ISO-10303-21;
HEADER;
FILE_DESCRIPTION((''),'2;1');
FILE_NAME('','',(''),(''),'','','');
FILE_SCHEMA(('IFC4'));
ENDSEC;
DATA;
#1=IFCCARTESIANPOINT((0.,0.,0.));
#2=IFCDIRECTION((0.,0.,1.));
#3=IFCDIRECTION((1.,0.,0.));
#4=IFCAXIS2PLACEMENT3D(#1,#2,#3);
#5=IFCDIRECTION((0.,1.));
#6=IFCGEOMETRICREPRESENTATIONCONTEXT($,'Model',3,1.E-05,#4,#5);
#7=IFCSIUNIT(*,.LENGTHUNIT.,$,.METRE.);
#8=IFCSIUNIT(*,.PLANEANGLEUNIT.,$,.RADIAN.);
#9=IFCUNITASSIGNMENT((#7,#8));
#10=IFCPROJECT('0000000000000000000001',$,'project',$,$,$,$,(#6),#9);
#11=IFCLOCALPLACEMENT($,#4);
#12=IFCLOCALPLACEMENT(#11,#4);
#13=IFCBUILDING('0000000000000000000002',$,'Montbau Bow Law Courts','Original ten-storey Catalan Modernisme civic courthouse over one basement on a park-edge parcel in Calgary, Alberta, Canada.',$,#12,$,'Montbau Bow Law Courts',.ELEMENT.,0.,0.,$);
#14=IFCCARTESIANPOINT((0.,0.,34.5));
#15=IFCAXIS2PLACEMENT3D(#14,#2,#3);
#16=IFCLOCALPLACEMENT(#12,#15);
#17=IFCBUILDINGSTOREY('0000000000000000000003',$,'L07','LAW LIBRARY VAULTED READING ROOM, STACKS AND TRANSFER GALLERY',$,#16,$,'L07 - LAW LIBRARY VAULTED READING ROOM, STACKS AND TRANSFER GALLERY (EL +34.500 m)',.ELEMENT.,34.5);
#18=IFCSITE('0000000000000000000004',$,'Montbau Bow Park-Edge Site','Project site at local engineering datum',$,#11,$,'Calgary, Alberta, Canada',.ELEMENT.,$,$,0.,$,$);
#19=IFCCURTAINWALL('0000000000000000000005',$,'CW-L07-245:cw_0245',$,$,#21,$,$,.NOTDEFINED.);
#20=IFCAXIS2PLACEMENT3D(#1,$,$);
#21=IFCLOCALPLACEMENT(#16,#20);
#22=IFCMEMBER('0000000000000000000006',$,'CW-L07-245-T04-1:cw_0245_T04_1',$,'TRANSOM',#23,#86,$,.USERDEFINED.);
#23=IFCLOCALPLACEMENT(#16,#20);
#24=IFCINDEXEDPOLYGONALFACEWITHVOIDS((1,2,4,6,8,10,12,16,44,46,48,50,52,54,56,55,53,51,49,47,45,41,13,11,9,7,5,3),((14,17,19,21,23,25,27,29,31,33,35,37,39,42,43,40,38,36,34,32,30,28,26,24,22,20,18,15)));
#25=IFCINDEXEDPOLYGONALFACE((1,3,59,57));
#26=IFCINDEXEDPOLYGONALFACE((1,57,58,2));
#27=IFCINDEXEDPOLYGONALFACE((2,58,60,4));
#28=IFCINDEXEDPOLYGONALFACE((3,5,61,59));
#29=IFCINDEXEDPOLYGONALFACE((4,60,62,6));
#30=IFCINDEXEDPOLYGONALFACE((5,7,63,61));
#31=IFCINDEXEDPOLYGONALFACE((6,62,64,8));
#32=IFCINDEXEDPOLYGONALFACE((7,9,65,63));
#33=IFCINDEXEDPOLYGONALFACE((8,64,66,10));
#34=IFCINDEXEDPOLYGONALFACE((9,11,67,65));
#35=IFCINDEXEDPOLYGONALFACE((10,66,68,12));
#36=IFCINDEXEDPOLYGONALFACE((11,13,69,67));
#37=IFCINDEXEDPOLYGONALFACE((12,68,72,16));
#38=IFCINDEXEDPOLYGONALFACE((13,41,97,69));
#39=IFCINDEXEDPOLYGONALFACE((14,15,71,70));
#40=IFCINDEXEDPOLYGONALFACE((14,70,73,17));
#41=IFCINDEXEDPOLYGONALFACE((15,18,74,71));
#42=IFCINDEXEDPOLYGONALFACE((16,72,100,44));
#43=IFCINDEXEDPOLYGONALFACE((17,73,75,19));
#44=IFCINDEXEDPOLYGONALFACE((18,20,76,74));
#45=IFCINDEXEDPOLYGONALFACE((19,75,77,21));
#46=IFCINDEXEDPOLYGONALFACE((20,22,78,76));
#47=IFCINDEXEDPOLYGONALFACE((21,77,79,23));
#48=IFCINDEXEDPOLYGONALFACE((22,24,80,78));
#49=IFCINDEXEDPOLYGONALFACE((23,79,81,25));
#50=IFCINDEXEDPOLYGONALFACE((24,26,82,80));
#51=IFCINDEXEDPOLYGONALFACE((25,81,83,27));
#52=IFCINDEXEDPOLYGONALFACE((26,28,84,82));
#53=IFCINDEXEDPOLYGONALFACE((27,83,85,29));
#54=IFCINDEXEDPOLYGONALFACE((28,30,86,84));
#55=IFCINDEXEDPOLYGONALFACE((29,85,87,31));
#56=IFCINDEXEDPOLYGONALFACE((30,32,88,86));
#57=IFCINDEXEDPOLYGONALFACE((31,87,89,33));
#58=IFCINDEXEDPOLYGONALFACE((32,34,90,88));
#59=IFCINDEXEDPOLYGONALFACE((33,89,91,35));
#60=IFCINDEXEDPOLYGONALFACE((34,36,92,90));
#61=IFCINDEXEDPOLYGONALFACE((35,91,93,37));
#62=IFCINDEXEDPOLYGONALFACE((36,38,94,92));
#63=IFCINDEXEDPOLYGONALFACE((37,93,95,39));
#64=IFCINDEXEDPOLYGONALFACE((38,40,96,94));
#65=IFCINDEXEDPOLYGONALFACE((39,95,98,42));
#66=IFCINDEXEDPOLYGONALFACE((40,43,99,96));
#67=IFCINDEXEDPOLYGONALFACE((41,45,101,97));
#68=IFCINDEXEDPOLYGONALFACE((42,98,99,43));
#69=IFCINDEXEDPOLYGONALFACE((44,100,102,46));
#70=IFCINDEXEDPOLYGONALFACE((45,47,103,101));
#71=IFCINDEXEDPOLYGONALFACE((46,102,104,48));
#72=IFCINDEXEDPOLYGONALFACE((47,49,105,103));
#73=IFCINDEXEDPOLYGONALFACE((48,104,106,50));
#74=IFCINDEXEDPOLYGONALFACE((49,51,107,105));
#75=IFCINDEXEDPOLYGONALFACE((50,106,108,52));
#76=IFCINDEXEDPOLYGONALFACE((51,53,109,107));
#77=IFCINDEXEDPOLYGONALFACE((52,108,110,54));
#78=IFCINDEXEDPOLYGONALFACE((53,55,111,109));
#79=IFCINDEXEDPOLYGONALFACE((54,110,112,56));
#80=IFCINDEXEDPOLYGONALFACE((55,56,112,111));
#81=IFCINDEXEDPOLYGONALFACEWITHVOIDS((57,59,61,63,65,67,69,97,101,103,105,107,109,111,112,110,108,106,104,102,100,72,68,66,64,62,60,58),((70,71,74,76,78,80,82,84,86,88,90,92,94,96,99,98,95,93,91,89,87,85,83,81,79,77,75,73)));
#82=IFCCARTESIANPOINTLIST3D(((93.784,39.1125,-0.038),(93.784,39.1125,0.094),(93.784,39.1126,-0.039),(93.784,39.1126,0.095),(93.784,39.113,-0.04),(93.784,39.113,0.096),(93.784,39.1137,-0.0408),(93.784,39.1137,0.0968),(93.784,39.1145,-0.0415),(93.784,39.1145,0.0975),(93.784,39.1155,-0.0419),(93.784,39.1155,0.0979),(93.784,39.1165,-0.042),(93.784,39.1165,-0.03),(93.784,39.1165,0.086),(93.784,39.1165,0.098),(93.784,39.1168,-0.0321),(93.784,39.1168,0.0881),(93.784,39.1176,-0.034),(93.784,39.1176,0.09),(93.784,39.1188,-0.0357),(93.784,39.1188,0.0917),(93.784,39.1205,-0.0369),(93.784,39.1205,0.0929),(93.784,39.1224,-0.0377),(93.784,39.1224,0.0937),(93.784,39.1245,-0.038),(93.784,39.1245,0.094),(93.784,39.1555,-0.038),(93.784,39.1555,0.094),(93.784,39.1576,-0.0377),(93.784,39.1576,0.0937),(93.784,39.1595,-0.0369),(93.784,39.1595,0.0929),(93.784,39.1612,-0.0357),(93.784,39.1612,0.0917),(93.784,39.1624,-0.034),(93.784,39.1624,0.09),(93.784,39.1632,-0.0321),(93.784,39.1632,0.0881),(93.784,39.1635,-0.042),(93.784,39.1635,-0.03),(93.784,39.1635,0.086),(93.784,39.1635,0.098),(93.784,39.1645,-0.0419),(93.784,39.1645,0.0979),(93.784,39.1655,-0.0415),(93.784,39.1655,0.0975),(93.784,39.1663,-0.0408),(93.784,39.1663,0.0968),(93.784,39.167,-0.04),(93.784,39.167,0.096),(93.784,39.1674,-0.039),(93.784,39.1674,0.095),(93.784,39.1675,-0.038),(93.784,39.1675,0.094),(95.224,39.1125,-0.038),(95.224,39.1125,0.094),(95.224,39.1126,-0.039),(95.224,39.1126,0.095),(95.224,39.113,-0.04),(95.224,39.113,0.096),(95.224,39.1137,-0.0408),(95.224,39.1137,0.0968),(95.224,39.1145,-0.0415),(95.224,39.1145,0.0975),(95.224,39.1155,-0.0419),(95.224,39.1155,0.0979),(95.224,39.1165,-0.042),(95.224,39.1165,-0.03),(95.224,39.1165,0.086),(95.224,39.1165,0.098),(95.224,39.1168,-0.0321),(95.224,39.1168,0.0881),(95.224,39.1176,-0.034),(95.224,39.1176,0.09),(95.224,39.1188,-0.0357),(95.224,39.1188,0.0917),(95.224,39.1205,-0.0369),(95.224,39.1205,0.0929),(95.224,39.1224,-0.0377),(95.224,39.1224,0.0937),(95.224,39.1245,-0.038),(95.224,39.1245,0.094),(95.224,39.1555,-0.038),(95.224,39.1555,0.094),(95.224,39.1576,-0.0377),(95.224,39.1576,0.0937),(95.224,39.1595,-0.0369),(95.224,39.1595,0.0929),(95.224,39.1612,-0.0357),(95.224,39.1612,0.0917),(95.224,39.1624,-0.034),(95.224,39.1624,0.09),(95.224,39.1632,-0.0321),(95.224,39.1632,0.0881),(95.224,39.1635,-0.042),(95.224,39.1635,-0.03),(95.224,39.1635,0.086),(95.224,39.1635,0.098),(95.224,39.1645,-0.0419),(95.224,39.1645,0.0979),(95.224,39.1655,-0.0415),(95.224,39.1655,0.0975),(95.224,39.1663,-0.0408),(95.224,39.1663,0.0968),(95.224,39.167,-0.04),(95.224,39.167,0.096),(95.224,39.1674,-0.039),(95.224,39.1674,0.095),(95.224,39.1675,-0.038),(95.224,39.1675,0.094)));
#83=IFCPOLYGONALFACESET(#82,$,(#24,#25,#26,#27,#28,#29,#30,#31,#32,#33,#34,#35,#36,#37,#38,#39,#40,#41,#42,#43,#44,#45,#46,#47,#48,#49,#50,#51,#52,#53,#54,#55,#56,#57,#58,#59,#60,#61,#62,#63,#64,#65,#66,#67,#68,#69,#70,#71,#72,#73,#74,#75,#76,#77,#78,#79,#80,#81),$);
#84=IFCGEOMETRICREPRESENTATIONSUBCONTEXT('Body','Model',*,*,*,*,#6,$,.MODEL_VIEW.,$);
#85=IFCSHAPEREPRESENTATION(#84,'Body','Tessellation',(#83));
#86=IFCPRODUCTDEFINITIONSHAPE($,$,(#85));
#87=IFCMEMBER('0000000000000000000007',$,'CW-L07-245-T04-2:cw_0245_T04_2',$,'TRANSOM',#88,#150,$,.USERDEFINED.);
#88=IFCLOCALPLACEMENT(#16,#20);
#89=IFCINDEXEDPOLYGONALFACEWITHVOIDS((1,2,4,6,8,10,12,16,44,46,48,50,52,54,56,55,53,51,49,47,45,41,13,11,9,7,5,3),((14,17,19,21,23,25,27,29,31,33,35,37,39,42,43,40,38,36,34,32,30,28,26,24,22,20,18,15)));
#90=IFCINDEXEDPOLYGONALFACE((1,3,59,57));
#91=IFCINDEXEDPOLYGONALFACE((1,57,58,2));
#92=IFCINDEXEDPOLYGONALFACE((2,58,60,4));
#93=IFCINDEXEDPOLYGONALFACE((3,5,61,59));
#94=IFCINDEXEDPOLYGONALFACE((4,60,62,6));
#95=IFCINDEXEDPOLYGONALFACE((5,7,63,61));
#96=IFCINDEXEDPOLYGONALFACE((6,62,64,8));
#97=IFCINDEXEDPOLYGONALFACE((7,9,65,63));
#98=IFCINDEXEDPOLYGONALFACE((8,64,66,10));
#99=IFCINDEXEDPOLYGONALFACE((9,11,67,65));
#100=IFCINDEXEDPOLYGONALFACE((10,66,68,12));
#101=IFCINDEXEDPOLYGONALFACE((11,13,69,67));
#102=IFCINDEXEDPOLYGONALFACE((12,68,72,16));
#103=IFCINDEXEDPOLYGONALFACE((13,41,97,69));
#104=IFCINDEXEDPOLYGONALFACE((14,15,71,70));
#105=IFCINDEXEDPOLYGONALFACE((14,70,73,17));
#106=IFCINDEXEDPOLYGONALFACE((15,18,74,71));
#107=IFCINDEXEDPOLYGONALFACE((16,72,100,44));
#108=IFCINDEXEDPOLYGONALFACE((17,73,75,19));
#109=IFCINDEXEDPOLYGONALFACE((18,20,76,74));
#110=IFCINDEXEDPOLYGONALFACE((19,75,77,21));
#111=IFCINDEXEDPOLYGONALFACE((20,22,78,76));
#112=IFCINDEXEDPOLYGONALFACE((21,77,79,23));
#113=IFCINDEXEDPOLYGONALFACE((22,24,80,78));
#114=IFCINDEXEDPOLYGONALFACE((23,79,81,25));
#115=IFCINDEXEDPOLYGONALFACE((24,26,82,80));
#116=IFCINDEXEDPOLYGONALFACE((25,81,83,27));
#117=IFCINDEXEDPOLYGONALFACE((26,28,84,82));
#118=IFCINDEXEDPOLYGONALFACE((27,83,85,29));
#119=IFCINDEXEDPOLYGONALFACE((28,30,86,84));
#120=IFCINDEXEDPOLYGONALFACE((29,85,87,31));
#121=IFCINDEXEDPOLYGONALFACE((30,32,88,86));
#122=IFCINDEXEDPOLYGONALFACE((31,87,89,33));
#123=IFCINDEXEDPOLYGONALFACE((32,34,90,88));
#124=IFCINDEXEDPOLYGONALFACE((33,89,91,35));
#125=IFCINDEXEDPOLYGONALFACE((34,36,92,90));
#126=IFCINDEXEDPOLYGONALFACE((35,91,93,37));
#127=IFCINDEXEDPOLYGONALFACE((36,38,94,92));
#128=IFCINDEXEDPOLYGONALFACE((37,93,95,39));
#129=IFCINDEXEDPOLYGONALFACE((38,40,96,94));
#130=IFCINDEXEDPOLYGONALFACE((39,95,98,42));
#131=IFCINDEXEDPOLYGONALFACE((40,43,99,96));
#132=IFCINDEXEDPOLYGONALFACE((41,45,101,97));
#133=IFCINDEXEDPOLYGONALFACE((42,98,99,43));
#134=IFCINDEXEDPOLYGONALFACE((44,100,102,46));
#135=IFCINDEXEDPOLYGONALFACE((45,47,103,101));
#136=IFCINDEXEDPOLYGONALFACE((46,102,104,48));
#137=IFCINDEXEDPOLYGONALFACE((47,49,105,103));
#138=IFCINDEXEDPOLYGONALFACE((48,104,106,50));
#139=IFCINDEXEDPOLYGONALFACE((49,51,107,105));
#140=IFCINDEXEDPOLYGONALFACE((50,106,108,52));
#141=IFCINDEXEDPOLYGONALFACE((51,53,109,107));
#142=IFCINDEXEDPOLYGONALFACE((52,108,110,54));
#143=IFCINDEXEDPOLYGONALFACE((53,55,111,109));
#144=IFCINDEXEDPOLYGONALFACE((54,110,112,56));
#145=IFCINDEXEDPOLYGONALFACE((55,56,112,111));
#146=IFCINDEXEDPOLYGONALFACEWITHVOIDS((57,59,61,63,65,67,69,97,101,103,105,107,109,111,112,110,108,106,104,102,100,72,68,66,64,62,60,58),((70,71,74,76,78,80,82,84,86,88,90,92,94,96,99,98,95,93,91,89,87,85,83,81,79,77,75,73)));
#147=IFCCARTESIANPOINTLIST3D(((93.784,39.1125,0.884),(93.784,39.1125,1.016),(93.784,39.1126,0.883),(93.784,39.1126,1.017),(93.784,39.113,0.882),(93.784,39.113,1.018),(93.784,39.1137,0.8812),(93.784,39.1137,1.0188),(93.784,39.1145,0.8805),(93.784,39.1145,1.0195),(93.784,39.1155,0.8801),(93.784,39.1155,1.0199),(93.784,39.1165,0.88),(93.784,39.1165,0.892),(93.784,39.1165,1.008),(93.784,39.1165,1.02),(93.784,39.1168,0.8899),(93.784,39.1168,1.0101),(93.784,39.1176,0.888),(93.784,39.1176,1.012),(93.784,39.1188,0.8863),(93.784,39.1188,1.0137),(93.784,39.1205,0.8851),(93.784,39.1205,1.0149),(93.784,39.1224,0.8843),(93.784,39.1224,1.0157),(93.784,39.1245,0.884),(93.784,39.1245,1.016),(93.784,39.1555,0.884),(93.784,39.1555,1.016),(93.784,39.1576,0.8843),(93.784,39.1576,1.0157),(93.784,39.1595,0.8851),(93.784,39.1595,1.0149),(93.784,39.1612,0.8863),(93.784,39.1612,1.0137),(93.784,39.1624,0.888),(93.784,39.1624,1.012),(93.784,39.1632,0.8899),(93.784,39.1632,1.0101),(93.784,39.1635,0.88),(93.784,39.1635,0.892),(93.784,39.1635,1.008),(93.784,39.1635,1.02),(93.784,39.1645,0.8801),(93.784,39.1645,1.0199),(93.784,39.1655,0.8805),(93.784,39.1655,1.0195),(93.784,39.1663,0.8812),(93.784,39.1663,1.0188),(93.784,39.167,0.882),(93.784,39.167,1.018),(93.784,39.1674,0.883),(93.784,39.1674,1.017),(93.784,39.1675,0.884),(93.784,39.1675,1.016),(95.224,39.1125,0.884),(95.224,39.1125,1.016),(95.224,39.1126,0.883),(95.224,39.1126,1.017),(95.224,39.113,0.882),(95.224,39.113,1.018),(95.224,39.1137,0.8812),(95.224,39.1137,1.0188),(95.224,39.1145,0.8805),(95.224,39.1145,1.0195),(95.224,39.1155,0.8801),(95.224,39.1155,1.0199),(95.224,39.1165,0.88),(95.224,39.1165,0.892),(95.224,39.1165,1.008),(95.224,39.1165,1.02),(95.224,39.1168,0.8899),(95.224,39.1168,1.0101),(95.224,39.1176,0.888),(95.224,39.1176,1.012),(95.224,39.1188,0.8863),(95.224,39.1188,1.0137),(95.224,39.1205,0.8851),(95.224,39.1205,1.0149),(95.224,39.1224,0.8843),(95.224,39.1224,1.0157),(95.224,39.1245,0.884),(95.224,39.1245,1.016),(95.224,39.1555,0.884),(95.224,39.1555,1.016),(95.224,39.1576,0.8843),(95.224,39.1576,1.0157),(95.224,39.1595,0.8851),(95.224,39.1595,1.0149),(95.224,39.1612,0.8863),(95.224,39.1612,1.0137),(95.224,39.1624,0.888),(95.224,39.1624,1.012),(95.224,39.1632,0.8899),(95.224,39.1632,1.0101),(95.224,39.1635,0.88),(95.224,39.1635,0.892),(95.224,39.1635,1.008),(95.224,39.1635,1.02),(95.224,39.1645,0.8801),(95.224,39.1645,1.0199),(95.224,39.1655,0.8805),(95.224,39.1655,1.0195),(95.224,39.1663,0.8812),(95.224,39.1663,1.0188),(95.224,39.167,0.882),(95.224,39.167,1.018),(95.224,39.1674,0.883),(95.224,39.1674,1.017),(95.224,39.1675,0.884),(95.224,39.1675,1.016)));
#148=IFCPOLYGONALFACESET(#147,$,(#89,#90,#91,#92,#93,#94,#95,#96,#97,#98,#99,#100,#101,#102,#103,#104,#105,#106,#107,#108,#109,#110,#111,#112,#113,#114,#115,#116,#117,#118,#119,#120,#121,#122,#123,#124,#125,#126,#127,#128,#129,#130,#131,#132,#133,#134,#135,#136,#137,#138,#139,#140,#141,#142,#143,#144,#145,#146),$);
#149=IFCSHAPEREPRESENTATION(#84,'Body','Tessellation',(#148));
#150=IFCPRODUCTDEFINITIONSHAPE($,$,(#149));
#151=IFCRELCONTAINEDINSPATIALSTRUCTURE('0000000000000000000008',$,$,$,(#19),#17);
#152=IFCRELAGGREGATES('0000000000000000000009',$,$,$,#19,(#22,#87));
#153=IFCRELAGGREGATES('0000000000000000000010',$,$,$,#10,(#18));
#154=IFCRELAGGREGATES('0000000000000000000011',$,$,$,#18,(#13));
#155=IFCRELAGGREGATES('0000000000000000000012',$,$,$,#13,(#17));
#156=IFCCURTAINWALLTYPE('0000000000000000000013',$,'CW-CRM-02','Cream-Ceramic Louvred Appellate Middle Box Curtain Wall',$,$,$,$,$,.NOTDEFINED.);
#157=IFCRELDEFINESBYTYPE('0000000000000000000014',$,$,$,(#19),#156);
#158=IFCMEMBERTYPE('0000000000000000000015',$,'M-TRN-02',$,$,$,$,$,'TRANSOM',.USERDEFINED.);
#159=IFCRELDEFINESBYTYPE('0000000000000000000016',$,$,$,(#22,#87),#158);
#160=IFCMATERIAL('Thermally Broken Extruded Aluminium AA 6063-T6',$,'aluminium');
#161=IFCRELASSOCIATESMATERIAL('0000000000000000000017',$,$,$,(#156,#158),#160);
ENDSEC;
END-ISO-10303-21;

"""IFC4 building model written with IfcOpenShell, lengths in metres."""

from ifc_helpers import new_model, si_unit, direction, frame, origin_with_axes, origin_2d_with_axis, place, context, subcontext, project, spatial, hollow_rectangle, extrude, material, material_profile, profile_set, type_object, element, aggregate, save


model = new_model("IFC4")

# Units and contexts
model_context = context("Model", 3, precision=1e-05, world=origin_with_axes(), true_north=direction((0.0, 1.0)))
body_context = subcontext(model_context, "Body", "Model", "MODEL_VIEW")
ifc_project = project(units=[si_unit("LENGTHUNIT", "METRE"), si_unit("PLANEANGLEUNIT", "RADIAN")], contexts=[model_context])

# Site, building, storey
site_placement = place(None, origin_with_axes())
site = spatial("IfcSite", under=ifc_project, at=site_placement, Name="Montbau Bow Park-Edge Site", Description="Project site at local engineering datum", LongName="Calgary, Alberta, Canada", CompositionType="ELEMENT", RefElevation=0.0)
building_placement = place(site_placement, origin_with_axes())
building = spatial("IfcBuilding", under=site, at=building_placement, Name="Montbau Bow Law Courts", Description="Original ten-storey Catalan Modernisme civic courthouse over one basement on a park-edge parcel in Calgary, Alberta, Canada.", LongName="Montbau Bow Law Courts", CompositionType="ELEMENT", ElevationOfRefHeight=0.0, ElevationOfTerrain=0.0)
storey_placement = place(building_placement, frame((0.0, 0.0, 34.5), z_axis=(0.0, 0.0, 1.0), x_axis=(1.0, 0.0, 0.0)))
storey = spatial("IfcBuildingStorey", under=building, at=storey_placement, Name="L07", Description="LAW LIBRARY VAULTED READING ROOM, STACKS AND TRANSFER GALLERY", LongName="L07 - LAW LIBRARY VAULTED READING ROOM, STACKS AND TRANSFER GALLERY (EL +34.500 m)", CompositionType="ELEMENT", Elevation=34.5)

# Curtain wall, members
ifc_material_1 = material(Name="Thermally Broken Extruded Aluminium AA 6063-T6", Category="aluminium")
curtain_wall_type = type_object("IfcCurtainWallType", Name="CW-CRM-02", Description="Cream-Ceramic Louvred Appellate Middle Box Curtain Wall", PredefinedType="NOTDEFINED", material=ifc_material_1)
curtain_wall_placement = place(None, frame((89.24, 39.14, 34.5), z_axis=(0.0, 0.0, 1.0), x_axis=(1.0, 0.0, 0.0)))
curtain_wall = element("IfcCurtainWall", 1, at=curtain_wall_placement, inside=storey, type_object=curtain_wall_type, Name="CW-L07-245:cw_0245", PredefinedType="NOTDEFINED")
ifc_material_profile_1 = material_profile(ifc_material_1, hollow_rectangle(XDim=0.055, YDim=0.14, WallThickness=0.004, InnerFilletRadius=0.008, OuterFilletRadius=0.004, at=origin_2d_with_axis()), Name="CWT-140X55", Category="Main", Priority=0)
ifc_profile_set_1 = profile_set([ifc_material_profile_1], Name="Thermally Broken Extruded Aluminium AA 6063-T6")
member_type_1 = type_object("IfcMemberType", Name="M-TRN-02", ElementType="TRANSOM", PredefinedType="USERDEFINED", material=ifc_profile_set_1)
member_1_placement = place(None, frame((93.784, 39.14, 34.528), z_axis=(1.0, 0.0, 0.0), x_axis=(0.0, 1.0, 0.0)))
member_1 = element("IfcMember", 2, at=member_1_placement, type_object=member_type_1, Name="CW-L07-245-T04-1:cw_0245_T04_1", ObjectType="TRANSOM", PredefinedType="USERDEFINED", context=body_context, shape_type="SweptSolid", body=[
    extrude(hollow_rectangle(XDim=0.055, YDim=0.14, WallThickness=0.004, InnerFilletRadius=0.008, OuterFilletRadius=0.004, at=origin_2d_with_axis()), origin_with_axes(), (0.0, 0.0, 1.0), 1.44),
])
member_2_placement = place(None, frame((93.784, 39.14, 35.45), z_axis=(1.0, 0.0, 0.0), x_axis=(0.0, 1.0, 0.0)))
member_2 = element("IfcMember", 3, at=member_2_placement, type_object=member_type_1, Name="CW-L07-245-T04-2:cw_0245_T04_2", ObjectType="TRANSOM", PredefinedType="USERDEFINED", context=body_context, shape_type="SweptSolid", body=[
    extrude(hollow_rectangle(XDim=0.055, YDim=0.14, WallThickness=0.004, InnerFilletRadius=0.008, OuterFilletRadius=0.004, at=origin_2d_with_axis()), origin_with_axes(), (0.0, 0.0, 1.0), 1.44),
])
aggregate(curtain_wall, [member_1, member_2])

save(model, "model.ifc")
